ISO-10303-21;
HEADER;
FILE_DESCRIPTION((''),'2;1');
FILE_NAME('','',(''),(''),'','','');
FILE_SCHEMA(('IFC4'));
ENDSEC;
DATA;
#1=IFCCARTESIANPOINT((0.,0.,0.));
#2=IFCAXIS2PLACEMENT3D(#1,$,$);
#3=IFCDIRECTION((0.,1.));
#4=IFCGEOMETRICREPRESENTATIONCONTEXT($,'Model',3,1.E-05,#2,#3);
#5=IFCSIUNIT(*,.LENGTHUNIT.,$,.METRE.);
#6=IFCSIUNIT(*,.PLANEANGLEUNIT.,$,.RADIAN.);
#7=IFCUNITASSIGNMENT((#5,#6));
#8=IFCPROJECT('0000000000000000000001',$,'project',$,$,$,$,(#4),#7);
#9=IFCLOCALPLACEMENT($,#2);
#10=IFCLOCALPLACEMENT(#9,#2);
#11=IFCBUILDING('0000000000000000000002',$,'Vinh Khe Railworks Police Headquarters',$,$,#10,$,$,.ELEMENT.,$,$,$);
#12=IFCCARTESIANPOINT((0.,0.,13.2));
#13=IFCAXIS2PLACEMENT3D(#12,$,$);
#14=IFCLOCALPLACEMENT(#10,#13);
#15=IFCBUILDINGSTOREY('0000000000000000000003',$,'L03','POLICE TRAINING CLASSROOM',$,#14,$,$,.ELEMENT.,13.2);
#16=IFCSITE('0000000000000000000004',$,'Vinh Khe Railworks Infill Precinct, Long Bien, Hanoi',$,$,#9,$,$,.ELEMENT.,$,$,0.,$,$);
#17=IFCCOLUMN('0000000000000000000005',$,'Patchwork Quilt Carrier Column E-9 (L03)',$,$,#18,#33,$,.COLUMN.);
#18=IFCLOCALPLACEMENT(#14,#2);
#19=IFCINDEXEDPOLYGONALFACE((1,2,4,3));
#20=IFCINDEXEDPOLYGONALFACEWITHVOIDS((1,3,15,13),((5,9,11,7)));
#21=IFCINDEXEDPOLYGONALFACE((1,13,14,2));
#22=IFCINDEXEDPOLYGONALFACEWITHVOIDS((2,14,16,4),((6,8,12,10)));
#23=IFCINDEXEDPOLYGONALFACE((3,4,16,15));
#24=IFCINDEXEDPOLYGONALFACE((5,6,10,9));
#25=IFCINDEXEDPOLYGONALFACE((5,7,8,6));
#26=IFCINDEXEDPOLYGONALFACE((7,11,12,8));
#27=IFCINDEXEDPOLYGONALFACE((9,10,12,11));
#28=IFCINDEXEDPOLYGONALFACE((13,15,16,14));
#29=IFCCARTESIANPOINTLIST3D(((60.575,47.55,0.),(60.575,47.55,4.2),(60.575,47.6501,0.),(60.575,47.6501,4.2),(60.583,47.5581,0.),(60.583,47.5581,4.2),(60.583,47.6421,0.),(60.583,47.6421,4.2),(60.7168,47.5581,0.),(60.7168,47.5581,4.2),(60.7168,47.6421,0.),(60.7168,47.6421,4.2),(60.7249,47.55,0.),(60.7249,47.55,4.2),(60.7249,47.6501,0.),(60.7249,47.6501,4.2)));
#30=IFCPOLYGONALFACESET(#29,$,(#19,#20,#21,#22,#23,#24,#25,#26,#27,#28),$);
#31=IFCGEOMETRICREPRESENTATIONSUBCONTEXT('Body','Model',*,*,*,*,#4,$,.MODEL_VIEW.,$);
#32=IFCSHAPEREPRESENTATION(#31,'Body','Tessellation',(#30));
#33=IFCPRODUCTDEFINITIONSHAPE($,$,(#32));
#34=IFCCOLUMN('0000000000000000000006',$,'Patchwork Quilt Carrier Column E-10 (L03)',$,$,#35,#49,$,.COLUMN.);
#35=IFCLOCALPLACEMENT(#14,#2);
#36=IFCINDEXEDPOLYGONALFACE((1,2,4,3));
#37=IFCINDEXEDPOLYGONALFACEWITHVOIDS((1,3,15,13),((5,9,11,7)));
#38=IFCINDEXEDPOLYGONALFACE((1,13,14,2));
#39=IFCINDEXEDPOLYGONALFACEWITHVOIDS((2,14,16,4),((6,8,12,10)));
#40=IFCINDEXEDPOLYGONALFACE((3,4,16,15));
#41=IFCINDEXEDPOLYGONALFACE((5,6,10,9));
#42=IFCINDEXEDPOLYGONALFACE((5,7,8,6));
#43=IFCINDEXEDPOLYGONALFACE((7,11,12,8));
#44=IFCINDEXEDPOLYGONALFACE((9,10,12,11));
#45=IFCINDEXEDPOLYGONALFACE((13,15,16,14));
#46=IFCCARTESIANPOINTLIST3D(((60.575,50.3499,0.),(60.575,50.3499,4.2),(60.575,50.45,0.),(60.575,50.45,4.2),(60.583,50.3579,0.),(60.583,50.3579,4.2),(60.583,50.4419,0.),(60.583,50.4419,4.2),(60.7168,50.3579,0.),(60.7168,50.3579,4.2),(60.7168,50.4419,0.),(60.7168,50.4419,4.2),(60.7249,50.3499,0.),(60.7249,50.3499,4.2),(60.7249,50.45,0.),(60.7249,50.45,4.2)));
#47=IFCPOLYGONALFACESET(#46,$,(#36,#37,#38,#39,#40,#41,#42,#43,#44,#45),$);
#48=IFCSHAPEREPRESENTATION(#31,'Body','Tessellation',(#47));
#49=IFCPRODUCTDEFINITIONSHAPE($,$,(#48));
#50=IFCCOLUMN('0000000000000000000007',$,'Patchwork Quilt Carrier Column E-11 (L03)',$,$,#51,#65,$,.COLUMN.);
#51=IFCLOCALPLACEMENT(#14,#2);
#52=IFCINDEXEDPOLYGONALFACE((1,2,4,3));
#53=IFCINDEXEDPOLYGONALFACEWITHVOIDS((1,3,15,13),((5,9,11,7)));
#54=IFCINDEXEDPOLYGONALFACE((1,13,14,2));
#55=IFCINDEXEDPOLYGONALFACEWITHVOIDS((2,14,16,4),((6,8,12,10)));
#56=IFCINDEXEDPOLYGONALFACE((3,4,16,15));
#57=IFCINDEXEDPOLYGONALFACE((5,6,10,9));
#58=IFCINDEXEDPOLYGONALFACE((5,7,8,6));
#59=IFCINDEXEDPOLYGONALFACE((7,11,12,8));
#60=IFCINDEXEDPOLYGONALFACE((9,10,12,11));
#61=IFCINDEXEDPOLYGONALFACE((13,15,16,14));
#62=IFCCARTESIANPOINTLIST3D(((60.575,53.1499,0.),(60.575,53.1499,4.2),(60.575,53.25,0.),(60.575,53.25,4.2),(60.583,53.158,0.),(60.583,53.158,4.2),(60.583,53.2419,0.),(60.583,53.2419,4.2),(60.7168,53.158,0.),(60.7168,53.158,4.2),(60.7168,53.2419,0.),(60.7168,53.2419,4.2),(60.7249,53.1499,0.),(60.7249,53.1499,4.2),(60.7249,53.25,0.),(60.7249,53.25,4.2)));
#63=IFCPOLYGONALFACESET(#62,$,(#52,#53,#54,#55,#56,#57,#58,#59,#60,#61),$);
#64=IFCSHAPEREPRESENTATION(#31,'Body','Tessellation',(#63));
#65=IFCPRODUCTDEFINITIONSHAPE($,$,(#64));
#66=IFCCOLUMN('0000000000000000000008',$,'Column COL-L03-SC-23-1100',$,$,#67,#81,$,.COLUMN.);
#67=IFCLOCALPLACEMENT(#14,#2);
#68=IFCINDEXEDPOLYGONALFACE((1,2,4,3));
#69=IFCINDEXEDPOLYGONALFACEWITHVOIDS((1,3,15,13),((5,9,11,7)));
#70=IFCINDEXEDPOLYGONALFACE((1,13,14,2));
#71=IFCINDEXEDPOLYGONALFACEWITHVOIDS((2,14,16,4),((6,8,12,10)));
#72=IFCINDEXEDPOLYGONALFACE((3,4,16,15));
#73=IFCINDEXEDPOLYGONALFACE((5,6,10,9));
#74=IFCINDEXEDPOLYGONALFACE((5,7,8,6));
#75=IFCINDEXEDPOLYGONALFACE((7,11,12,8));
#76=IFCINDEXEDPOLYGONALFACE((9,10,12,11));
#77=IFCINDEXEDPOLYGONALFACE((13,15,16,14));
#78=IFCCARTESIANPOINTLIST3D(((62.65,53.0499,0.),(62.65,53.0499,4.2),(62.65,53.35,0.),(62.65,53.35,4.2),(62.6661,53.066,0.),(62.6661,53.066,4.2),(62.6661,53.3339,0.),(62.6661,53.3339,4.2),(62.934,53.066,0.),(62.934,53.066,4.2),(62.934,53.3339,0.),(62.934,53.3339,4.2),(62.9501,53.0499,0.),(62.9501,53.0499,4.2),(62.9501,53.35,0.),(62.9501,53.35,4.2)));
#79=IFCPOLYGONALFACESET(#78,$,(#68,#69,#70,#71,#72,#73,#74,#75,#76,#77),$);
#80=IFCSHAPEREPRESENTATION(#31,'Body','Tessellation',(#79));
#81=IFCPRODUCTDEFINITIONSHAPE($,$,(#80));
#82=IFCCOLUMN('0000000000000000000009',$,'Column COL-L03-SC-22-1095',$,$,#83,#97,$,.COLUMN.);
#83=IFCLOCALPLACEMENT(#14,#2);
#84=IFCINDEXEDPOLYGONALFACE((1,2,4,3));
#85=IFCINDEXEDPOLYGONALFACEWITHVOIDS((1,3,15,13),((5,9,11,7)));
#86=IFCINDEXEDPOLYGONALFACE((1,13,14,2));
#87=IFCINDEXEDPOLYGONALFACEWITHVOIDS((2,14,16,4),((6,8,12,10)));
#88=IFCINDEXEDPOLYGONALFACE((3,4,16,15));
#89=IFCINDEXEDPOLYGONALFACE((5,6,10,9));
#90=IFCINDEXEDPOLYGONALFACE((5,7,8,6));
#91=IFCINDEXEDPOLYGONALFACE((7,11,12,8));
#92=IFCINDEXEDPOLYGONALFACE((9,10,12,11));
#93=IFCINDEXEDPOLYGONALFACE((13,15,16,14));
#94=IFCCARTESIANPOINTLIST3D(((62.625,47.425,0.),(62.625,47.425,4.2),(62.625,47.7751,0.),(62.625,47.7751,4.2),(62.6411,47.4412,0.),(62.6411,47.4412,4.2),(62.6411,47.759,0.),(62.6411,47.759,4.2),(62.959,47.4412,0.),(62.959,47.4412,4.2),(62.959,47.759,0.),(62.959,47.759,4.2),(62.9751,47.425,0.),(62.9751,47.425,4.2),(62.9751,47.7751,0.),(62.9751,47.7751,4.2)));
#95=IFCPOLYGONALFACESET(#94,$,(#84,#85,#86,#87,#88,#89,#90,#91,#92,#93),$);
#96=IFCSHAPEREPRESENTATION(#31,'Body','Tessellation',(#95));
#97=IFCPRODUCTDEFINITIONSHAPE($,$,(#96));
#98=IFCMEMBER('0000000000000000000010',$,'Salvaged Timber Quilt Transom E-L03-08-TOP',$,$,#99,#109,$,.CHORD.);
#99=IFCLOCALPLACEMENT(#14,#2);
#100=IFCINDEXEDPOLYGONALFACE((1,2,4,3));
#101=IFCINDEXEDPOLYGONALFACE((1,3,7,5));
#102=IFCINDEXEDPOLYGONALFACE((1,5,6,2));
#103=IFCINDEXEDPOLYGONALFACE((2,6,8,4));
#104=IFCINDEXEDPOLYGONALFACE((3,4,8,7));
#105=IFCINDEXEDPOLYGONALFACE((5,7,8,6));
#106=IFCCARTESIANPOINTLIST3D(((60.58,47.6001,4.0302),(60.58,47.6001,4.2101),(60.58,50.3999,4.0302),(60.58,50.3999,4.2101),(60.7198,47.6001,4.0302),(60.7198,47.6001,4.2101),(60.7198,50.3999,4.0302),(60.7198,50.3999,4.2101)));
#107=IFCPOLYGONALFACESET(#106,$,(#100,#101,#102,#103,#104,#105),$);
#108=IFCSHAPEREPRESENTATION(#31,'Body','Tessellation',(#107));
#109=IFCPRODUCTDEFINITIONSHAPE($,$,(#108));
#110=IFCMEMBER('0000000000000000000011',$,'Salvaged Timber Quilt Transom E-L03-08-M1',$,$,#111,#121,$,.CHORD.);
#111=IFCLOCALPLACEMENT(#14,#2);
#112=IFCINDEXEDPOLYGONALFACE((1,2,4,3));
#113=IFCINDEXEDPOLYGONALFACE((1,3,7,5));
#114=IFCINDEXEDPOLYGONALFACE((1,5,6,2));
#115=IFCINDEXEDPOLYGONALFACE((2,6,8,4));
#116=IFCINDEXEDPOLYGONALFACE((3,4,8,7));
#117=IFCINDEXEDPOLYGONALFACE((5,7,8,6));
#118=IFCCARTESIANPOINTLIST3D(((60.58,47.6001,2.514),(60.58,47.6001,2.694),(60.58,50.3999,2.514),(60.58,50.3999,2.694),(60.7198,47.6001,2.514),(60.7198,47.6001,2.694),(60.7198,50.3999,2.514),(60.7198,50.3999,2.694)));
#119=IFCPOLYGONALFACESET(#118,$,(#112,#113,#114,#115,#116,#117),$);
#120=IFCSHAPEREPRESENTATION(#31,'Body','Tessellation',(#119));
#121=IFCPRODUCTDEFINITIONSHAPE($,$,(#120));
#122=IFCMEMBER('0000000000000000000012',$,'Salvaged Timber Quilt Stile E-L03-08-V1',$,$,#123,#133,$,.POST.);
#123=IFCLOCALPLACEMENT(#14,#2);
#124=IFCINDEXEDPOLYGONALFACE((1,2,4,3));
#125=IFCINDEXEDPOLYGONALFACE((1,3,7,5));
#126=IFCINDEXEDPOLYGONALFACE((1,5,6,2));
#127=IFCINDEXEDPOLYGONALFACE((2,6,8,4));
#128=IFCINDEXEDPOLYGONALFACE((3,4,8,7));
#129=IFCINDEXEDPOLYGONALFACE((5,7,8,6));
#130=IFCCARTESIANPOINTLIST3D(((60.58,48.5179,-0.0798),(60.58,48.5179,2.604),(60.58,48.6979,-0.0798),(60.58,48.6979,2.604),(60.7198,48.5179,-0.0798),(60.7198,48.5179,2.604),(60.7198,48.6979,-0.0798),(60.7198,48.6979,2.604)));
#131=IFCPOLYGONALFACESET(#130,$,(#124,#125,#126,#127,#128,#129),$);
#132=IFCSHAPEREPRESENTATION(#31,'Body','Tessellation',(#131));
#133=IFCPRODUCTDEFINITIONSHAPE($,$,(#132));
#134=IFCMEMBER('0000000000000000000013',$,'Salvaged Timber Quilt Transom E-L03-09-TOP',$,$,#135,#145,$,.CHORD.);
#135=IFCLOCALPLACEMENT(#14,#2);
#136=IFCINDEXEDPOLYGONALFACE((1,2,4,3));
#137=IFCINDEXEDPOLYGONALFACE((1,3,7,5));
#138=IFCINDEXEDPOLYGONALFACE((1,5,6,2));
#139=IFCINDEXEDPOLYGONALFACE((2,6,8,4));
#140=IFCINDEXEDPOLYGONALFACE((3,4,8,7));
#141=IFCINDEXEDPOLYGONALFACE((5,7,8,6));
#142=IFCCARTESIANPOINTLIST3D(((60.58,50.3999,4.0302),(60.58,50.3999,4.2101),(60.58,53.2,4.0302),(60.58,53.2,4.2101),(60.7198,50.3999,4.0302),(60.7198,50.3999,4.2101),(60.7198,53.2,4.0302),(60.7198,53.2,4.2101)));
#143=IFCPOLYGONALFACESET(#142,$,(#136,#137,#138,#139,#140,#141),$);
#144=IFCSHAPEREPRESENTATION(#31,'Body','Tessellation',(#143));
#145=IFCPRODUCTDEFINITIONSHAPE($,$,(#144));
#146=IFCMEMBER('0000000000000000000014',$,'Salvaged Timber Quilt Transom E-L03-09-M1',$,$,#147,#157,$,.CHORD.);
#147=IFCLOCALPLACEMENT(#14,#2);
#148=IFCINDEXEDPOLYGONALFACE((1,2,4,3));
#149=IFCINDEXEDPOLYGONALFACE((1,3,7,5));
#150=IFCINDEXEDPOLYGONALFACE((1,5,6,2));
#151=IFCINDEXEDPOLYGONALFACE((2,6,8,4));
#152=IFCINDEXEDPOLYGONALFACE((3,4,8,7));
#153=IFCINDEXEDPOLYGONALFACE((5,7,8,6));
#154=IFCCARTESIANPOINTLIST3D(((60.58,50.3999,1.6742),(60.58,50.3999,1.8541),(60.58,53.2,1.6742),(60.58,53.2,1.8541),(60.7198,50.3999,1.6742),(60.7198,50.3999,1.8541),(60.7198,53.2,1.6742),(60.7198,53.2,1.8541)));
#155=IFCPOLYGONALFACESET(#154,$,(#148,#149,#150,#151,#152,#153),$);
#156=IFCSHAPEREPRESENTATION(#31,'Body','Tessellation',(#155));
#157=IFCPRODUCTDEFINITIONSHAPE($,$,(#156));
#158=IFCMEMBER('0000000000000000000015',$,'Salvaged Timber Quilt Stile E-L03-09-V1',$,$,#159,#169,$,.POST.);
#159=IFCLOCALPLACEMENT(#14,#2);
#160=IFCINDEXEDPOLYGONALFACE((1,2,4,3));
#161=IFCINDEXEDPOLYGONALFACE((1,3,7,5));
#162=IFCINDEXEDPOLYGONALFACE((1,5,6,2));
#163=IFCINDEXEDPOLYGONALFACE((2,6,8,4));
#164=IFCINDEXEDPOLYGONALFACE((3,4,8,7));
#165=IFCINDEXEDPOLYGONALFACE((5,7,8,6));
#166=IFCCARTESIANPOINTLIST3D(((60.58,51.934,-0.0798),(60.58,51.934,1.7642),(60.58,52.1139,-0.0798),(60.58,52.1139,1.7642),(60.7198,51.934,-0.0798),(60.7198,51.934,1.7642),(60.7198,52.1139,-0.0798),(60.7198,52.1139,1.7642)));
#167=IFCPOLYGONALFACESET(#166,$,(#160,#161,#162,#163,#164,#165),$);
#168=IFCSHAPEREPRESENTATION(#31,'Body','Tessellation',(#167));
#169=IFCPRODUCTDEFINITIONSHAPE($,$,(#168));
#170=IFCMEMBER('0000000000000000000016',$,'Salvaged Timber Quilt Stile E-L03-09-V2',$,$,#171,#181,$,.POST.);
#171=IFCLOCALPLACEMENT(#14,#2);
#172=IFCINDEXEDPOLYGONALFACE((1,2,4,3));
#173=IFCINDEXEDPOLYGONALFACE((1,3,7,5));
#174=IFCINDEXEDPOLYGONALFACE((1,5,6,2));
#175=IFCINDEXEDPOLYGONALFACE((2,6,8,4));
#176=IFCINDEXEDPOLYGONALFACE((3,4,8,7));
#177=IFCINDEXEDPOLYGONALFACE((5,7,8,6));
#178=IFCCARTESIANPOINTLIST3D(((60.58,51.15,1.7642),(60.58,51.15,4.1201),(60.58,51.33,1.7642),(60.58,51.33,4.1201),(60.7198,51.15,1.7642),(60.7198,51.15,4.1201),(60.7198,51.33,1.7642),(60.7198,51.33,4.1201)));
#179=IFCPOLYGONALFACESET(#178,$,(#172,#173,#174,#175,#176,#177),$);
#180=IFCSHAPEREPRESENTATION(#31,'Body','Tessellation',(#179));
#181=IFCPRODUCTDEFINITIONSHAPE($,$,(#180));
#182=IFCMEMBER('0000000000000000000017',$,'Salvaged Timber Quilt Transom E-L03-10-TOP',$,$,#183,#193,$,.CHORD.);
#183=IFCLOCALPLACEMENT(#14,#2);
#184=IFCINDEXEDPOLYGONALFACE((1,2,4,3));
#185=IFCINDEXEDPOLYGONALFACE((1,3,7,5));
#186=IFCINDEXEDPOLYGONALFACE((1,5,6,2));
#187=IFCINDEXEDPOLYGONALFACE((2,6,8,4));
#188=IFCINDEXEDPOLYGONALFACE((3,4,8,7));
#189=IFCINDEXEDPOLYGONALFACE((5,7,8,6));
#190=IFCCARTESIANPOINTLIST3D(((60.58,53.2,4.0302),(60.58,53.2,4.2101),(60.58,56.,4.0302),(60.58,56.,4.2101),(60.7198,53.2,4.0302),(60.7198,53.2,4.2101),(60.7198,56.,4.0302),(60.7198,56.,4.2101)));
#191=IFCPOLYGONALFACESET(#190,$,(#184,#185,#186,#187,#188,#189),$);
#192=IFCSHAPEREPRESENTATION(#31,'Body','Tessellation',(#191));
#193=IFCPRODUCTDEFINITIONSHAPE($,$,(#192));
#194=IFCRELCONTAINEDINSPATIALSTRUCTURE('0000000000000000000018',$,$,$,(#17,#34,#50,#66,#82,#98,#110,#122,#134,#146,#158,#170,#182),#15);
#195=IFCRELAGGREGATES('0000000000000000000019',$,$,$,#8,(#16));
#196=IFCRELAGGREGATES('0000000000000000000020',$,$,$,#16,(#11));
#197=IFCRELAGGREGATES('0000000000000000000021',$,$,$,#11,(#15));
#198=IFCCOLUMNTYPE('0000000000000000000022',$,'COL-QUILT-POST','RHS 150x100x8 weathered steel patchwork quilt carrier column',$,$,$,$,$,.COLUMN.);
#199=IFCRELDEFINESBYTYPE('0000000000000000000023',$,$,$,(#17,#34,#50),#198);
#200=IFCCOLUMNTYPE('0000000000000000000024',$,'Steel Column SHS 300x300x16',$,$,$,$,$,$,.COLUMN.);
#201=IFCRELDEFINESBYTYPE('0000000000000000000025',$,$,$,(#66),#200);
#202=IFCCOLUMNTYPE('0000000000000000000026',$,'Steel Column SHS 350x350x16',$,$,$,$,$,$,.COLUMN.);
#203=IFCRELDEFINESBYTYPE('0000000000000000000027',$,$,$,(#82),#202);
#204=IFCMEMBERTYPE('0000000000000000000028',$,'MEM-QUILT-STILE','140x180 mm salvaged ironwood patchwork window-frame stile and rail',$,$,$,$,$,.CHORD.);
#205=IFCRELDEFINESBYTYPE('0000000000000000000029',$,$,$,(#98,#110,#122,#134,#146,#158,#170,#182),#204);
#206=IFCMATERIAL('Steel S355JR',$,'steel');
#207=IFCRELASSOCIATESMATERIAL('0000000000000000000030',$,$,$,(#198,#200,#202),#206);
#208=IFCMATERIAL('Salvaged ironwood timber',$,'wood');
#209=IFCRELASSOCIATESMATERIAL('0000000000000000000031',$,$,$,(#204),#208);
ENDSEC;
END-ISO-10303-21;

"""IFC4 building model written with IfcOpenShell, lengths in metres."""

from ifc_helpers import new_model, si_unit, direction, frame, origin, origin_2d, place, context, subcontext, project, spatial, rectangle, hollow_rectangle, extrude, material, material_profile, profile_set, type_object, element, save


model = new_model("IFC4")

# Units and contexts
model_context = context("Model", 3, precision=1e-05, world=origin(), true_north=direction((0.0, 1.0)))
body_context = subcontext(model_context, "Body", "Model", "MODEL_VIEW")
ifc_project = project(units=[si_unit("LENGTHUNIT", "METRE"), si_unit("PLANEANGLEUNIT", "RADIAN")], contexts=[model_context])

# Site, building, storey
site_placement = place(None, origin())
site = spatial("IfcSite", under=ifc_project, at=site_placement, Name="Vinh Khe Railworks Infill Precinct, Long Bien, Hanoi", CompositionType="ELEMENT", RefElevation=0.0)
building_placement = place(site_placement, origin())
building = spatial("IfcBuilding", under=site, at=building_placement, Name="Vinh Khe Railworks Police Headquarters", CompositionType="ELEMENT")
storey_placement = place(building_placement, frame((0.0, 0.0, 13.2)))
storey = spatial("IfcBuildingStorey", under=building, at=storey_placement, Name="L03", Description="POLICE TRAINING CLASSROOM", CompositionType="ELEMENT", Elevation=13.2)

# Columns
ifc_material_1 = material(Name="Steel S355JR", Category="steel")
ifc_material_profile_1 = material_profile(ifc_material_1, hollow_rectangle(XDim=0.1499, YDim=0.1001, WallThickness=0.0081, at=origin_2d()), Name="RHS 150x100x8")
ifc_profile_set_1 = profile_set([ifc_material_profile_1], Name="Steel S355JR")
column_type_1 = type_object("IfcColumnType", Name="COL-QUILT-POST", Description="RHS 150x100x8 weathered steel patchwork quilt carrier column", PredefinedType="COLUMN", material=ifc_profile_set_1)
for number, where, z_axis, x_axis, name in (
    (1, (60.6499, 47.6001, 0.0), (0.0, 0.0, 1.0), (1.0, 0.0, 0.0), "Patchwork Quilt Carrier Column E-9 (L03)"),
    (2, (60.6499, 50.3999, 0.0), (0.0, 0.0, 1.0), (1.0, 0.0, 0.0), "Patchwork Quilt Carrier Column E-10 (L03)"),
    (3, (60.6499, 53.2, 0.0), (0.0, 0.0, 1.0), (1.0, 0.0, 0.0), "Patchwork Quilt Carrier Column E-11 (L03)"),
):
    element("IfcColumn", number, at=place(storey_placement, frame(where, z_axis=z_axis, x_axis=x_axis)), inside=storey, type_object=column_type_1, Name=name, PredefinedType="COLUMN", context=body_context, shape_type="SweptSolid", body=[
        extrude(hollow_rectangle(XDim=0.1499, YDim=0.1001, WallThickness=0.0081, at=origin_2d()), origin(), (0.0, 0.0, 1.0), 4.2),
    ])
ifc_material_profile_2 = material_profile(ifc_material_1, hollow_rectangle(XDim=0.3, YDim=0.3, WallThickness=0.0161, at=origin_2d()), Name="SHS 300x300x16")
ifc_profile_set_2 = profile_set([ifc_material_profile_2], Name="Steel S355JR")
column_type_2 = type_object("IfcColumnType", Name="Steel Column SHS 300x300x16", PredefinedType="COLUMN", material=ifc_profile_set_2)
column_1_placement = place(storey_placement, frame((62.8, 53.2, 0.0), z_axis=(0.0, 0.0, 1.0), x_axis=(1.0, 0.0, 0.0)))
element("IfcColumn", 4, at=column_1_placement, inside=storey, type_object=column_type_2, Name="Column COL-L03-SC-23-1100", PredefinedType="COLUMN", context=body_context, shape_type="SweptSolid", body=[
    extrude(hollow_rectangle(XDim=0.3, YDim=0.3, WallThickness=0.0161, at=origin_2d()), origin(), (0.0, 0.0, 1.0), 4.2),
])
ifc_material_profile_3 = material_profile(ifc_material_1, hollow_rectangle(XDim=0.3501, YDim=0.3501, WallThickness=0.0161, at=origin_2d()), Name="SHS 350x350x16")
ifc_profile_set_3 = profile_set([ifc_material_profile_3], Name="Steel S355JR")
column_type_3 = type_object("IfcColumnType", Name="Steel Column SHS 350x350x16", PredefinedType="COLUMN", material=ifc_profile_set_3)
column_2_placement = place(storey_placement, frame((62.8, 47.6001, 0.0), z_axis=(0.0, 0.0, 1.0), x_axis=(1.0, 0.0, 0.0)))
element("IfcColumn", 5, at=column_2_placement, inside=storey, type_object=column_type_3, Name="Column COL-L03-SC-22-1095", PredefinedType="COLUMN", context=body_context, shape_type="SweptSolid", body=[
    extrude(hollow_rectangle(XDim=0.3501, YDim=0.3501, WallThickness=0.0161, at=origin_2d()), origin(), (0.0, 0.0, 1.0), 4.2),
])

# Members
ifc_material_2 = material(Name="Salvaged ironwood timber", Category="wood")
ifc_material_profile_4 = material_profile(ifc_material_2, rectangle(XDim=0.1399, YDim=0.1799, at=origin_2d()), Name="TIMBER 140x180")
ifc_profile_set_4 = profile_set([ifc_material_profile_4], Name="Salvaged ironwood timber")
member_type = type_object("IfcMemberType", Name="MEM-QUILT-STILE", Description="140x180 mm salvaged ironwood patchwork window-frame stile and rail", PredefinedType="CHORD", material=ifc_profile_set_4)
for number, where, z_axis, x_axis, name in (
    (6, (60.6499, 47.6001, 4.1201), (0.0, 1.0, 0.0), (-1.0, 0.0, 0.0), "Salvaged Timber Quilt Transom E-L03-08-TOP"),
    (7, (60.6499, 47.6001, 2.604), (0.0, 1.0, 0.0), (-1.0, 0.0, 0.0), "Salvaged Timber Quilt Transom E-L03-08-M1"),
):
    element("IfcMember", number, at=place(storey_placement, frame(where, z_axis=z_axis, x_axis=x_axis)), inside=storey, type_object=member_type, Name=name, PredefinedType="CHORD", context=body_context, shape_type="SweptSolid", body=[
        extrude(rectangle(XDim=0.1399, YDim=0.1799, at=origin_2d()), origin(), (0.0, 0.0, 1.0), 2.7998),
    ])
member_1_placement = place(storey_placement, frame((60.6499, 48.6079, -0.0798), z_axis=(0.0, 0.0, 1.0), x_axis=(1.0, 0.0, 0.0)))
element("IfcMember", 8, at=member_1_placement, inside=storey, type_object=member_type, Name="Salvaged Timber Quilt Stile E-L03-08-V1", PredefinedType="POST", context=body_context, shape_type="SweptSolid", body=[
    extrude(rectangle(XDim=0.1399, YDim=0.1799, at=origin_2d()), origin(), (0.0, 0.0, 1.0), 2.6838),
])
for number, where, z_axis, x_axis, name in (
    (9, (60.6499, 50.3999, 4.1201), (0.0, 1.0, 0.0), (-1.0, 0.0, 0.0), "Salvaged Timber Quilt Transom E-L03-09-TOP"),
    (10, (60.6499, 50.3999, 1.7642), (0.0, 1.0, 0.0), (-1.0, 0.0, 0.0), "Salvaged Timber Quilt Transom E-L03-09-M1"),
):
    element("IfcMember", number, at=place(storey_placement, frame(where, z_axis=z_axis, x_axis=x_axis)), inside=storey, type_object=member_type, Name=name, PredefinedType="CHORD", context=body_context, shape_type="SweptSolid", body=[
        extrude(rectangle(XDim=0.1399, YDim=0.1799, at=origin_2d()), origin(), (0.0, 0.0, 1.0), 2.8),
    ])
member_2_placement = place(storey_placement, frame((60.6499, 52.0239, -0.0798), z_axis=(0.0, 0.0, 1.0), x_axis=(1.0, 0.0, 0.0)))
element("IfcMember", 11, at=member_2_placement, inside=storey, type_object=member_type, Name="Salvaged Timber Quilt Stile E-L03-09-V1", PredefinedType="POST", context=body_context, shape_type="SweptSolid", body=[
    extrude(rectangle(XDim=0.1399, YDim=0.1799, at=origin_2d()), origin(), (0.0, 0.0, 1.0), 1.844),
])
member_3_placement = place(storey_placement, frame((60.6499, 51.24, 1.7642), z_axis=(0.0, 0.0, 1.0), x_axis=(1.0, 0.0, 0.0)))
element("IfcMember", 12, at=member_3_placement, inside=storey, type_object=member_type, Name="Salvaged Timber Quilt Stile E-L03-09-V2", PredefinedType="POST", context=body_context, shape_type="SweptSolid", body=[
    extrude(rectangle(XDim=0.1399, YDim=0.1799, at=origin_2d()), origin(), (0.0, 0.0, 1.0), 2.356),
])
member_4_placement = place(storey_placement, frame((60.6499, 53.2, 4.1201), z_axis=(0.0, 1.0, 0.0), x_axis=(-1.0, 0.0, 0.0)))
element("IfcMember", 13, at=member_4_placement, inside=storey, type_object=member_type, Name="Salvaged Timber Quilt Transom E-L03-10-TOP", PredefinedType="CHORD", context=body_context, shape_type="SweptSolid", body=[
    extrude(rectangle(XDim=0.1399, YDim=0.1799, at=origin_2d()), origin(), (0.0, 0.0, 1.0), 2.8),
])

save(model, "model.ifc")
